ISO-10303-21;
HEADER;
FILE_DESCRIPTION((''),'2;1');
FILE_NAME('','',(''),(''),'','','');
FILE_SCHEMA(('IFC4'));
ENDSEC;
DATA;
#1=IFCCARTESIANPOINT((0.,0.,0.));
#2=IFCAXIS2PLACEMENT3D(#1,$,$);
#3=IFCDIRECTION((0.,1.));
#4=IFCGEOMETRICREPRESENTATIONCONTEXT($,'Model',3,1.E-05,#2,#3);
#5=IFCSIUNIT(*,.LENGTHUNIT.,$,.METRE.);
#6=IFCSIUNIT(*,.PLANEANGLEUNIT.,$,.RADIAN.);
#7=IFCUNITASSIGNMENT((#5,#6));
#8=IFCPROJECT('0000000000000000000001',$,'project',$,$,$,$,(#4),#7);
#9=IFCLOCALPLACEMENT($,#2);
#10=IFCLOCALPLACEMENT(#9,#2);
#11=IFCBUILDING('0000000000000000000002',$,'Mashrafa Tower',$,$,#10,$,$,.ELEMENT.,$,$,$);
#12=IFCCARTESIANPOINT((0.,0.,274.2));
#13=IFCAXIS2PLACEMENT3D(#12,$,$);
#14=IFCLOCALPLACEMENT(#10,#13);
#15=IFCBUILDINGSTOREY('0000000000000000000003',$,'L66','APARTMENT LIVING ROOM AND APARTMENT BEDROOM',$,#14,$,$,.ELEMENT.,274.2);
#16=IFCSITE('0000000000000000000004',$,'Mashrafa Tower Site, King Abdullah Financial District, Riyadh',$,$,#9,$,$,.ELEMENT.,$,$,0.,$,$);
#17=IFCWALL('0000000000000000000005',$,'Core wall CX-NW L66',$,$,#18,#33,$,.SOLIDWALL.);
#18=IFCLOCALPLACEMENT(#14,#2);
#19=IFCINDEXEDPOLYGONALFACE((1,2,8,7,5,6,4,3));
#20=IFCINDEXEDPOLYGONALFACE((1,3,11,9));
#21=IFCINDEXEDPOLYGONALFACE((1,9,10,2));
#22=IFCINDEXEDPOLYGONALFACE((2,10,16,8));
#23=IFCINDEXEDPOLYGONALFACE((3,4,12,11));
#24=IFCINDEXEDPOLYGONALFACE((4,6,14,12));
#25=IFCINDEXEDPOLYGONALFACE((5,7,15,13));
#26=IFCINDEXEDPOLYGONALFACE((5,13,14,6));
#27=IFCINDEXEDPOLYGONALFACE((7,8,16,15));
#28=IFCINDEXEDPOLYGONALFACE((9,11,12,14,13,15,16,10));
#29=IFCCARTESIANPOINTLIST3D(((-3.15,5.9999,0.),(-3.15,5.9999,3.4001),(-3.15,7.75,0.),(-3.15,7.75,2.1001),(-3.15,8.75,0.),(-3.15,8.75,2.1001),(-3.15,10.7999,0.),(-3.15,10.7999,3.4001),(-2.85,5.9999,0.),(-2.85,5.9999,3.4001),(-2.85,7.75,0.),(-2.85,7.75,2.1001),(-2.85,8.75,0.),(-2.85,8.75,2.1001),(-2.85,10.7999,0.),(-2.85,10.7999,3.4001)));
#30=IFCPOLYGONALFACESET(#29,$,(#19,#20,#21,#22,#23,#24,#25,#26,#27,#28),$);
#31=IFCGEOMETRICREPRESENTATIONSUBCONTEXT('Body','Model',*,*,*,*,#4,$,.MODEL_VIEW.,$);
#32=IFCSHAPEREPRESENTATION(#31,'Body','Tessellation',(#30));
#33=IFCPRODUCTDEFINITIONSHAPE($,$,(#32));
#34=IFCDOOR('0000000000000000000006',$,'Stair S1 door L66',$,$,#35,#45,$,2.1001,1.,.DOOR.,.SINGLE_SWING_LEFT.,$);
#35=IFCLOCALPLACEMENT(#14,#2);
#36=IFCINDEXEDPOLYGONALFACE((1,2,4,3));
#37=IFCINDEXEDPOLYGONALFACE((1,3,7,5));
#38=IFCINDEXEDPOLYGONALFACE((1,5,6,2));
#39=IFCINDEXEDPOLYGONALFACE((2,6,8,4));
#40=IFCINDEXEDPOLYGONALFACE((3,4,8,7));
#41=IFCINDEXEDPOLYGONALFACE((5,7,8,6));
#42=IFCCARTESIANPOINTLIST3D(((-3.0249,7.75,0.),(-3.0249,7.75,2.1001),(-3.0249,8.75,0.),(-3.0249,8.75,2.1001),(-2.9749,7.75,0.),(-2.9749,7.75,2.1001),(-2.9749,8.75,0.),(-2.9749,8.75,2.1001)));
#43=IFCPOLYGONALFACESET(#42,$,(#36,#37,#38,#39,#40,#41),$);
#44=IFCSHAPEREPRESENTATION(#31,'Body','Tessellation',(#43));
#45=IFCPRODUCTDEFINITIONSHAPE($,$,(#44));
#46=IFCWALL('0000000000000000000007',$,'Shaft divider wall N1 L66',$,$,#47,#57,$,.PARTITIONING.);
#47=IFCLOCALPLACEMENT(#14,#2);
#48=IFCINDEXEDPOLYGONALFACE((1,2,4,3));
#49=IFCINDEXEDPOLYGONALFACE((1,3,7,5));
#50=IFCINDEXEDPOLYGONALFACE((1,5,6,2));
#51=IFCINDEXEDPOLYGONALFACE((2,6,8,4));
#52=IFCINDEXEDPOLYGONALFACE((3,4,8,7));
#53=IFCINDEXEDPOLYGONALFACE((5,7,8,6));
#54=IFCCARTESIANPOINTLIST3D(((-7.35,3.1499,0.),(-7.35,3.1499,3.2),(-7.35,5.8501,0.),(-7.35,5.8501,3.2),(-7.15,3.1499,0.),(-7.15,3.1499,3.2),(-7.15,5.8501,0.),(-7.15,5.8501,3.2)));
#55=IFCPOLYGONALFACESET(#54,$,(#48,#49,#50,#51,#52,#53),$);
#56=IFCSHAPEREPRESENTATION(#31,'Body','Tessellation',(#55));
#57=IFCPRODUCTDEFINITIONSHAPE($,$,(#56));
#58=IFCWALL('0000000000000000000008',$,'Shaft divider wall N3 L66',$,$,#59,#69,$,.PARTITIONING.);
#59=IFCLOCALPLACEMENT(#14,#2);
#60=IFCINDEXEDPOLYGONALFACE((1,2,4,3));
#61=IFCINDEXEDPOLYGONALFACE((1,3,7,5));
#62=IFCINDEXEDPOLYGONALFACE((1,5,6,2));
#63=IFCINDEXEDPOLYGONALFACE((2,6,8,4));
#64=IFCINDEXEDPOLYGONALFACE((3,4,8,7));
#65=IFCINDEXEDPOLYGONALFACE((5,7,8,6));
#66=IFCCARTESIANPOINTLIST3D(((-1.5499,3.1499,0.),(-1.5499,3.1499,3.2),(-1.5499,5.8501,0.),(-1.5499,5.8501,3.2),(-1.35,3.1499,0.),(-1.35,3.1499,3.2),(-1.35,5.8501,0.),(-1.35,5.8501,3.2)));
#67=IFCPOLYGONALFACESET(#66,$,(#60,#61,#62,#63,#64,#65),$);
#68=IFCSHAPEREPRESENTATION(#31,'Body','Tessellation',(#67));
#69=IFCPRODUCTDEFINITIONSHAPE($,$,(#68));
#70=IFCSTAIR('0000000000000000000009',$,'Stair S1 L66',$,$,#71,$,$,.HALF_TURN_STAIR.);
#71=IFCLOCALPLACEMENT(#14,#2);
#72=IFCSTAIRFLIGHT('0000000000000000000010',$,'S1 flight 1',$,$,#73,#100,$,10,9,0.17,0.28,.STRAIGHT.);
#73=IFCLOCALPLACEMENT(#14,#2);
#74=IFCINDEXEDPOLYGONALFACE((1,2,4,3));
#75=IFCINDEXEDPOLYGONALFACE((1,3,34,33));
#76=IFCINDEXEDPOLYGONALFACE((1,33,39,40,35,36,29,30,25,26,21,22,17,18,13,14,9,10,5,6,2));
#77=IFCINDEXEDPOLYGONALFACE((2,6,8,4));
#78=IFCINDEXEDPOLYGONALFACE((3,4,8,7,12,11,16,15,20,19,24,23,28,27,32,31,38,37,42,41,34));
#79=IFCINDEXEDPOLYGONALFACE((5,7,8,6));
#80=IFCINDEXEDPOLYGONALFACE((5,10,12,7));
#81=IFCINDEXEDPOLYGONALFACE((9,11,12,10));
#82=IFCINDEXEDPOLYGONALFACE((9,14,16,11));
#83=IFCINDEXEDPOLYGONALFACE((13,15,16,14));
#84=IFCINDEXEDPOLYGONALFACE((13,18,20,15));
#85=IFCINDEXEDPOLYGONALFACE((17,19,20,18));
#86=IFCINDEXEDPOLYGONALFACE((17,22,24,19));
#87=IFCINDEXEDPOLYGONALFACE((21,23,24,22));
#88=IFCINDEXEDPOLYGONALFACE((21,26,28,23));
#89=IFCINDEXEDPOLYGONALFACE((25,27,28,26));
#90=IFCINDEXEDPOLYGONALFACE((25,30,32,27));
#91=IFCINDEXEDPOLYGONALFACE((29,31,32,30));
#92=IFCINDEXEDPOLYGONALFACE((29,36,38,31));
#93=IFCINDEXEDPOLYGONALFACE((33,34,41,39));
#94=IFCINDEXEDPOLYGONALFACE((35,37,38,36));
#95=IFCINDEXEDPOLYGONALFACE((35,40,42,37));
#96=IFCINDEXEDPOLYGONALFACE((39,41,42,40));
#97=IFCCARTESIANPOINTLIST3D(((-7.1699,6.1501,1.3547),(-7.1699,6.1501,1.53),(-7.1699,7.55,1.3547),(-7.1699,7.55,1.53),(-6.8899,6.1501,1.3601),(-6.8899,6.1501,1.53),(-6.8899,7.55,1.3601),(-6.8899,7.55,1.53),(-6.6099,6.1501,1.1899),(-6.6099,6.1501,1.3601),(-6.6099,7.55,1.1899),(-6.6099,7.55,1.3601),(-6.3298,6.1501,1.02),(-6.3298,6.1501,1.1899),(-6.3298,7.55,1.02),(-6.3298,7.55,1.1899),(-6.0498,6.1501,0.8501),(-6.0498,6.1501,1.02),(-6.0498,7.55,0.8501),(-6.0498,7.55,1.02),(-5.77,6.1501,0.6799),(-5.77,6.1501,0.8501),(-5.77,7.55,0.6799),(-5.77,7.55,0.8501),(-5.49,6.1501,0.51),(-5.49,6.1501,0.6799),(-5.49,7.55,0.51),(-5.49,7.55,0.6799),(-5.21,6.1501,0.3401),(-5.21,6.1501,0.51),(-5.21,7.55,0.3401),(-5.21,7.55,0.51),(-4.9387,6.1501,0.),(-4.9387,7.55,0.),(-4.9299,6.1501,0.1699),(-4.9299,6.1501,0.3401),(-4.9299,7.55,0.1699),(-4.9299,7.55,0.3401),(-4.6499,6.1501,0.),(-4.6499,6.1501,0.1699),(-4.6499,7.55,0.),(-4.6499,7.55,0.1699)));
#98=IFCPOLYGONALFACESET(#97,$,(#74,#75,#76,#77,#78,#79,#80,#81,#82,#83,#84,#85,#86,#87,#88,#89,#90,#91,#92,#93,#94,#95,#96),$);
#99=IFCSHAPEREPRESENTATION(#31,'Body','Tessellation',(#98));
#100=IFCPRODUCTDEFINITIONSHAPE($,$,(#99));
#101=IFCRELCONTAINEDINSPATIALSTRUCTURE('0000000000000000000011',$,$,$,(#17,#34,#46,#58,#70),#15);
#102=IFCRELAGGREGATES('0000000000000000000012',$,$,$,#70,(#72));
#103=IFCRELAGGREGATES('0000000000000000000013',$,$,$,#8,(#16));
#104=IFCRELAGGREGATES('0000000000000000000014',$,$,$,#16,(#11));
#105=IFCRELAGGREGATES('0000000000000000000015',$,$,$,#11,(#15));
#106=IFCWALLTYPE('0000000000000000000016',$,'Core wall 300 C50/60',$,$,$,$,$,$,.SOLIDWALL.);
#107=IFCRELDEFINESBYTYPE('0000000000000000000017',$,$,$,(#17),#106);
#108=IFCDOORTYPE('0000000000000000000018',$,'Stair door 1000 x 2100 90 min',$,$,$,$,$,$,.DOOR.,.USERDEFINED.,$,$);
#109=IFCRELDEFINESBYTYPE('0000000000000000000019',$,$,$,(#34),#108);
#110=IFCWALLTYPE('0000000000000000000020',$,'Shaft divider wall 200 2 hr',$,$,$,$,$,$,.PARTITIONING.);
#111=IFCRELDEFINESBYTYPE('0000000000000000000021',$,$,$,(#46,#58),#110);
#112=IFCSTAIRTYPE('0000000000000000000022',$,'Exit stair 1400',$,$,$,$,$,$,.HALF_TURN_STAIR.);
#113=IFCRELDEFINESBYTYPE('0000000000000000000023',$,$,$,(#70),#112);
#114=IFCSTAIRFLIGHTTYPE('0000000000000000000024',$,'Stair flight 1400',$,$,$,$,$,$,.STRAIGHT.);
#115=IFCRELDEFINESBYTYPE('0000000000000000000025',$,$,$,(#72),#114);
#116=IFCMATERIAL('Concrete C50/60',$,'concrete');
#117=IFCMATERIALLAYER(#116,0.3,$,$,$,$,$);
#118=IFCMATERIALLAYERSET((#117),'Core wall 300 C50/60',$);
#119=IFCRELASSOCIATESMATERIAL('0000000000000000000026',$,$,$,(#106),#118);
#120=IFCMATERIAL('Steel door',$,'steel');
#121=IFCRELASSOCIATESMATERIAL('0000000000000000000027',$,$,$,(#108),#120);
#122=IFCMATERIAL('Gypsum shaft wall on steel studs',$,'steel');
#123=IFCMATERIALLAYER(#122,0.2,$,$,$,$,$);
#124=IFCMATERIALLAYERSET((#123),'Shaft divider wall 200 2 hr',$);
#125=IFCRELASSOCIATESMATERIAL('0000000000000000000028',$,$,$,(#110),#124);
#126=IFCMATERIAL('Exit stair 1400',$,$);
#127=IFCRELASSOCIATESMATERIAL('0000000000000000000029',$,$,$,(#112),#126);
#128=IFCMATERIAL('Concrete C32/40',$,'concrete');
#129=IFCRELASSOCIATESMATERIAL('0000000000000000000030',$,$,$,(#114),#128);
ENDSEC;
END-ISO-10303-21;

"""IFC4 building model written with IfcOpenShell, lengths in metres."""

from ifc_helpers import new_model, si_unit, direction, frame, frame_2d, origin, place, context, subcontext, project, spatial, polyline, rectangle, outline, extrude, material, layer, layer_set, type_object, element, fill, aggregate, save


model = new_model("IFC4")

# Units and contexts
model_context = context("Model", 3, precision=1e-05, world=origin(), true_north=direction((0.0, 1.0)))
body_context = subcontext(model_context, "Body", "Model", "MODEL_VIEW")
ifc_project = project(units=[si_unit("LENGTHUNIT", "METRE"), si_unit("PLANEANGLEUNIT", "RADIAN")], contexts=[model_context])

# Site, building, storey
site_placement = place(None, origin())
site = spatial("IfcSite", under=ifc_project, at=site_placement, Name="Mashrafa Tower Site, King Abdullah Financial District, Riyadh", CompositionType="ELEMENT", RefElevation=0.0)
building_placement = place(site_placement, origin())
building = spatial("IfcBuilding", under=site, at=building_placement, Name="Mashrafa Tower", CompositionType="ELEMENT")
storey_placement = place(building_placement, frame((0.0, 0.0, 274.2)))
storey = spatial("IfcBuildingStorey", under=building, at=storey_placement, Name="L66", Description="APARTMENT LIVING ROOM AND APARTMENT BEDROOM", CompositionType="ELEMENT", Elevation=274.2)

# Shared definitions
ifc_material_1 = material(Name="Concrete C50/60", Category="concrete")
ifc_layer_1 = layer(ifc_material_1, 0.3)
ifc_layer_set_1 = layer_set([ifc_layer_1], Name="Core wall 300 C50/60")
wall_type_1 = type_object("IfcWallType", Name="Core wall 300 C50/60", PredefinedType="SOLIDWALL", material=ifc_layer_set_1)

# Wall, opening, door
wall_1_placement = place(storey_placement, frame((-3.0, 6.0, 0.0), z_axis=(0.0, 0.0, 1.0), x_axis=(0.0, 1.0, 0.0)))
wall_1 = element("IfcWall", 1, at=wall_1_placement, inside=storey, type_object=wall_type_1, Name="Core wall CX-NW L66", PredefinedType="SOLIDWALL", context=body_context, shape_type="SweptSolid", body=[
    extrude(rectangle(XDim=4.8, YDim=0.3, at=frame_2d((2.3999, 0.0))), origin(), (0.0, 0.0, 1.0), 3.4001),
])
opening_1_placement = place(wall_1_placement, frame((1.75, 0.0, 0.0)))
opening_1 = element("IfcOpeningElement", 2, at=opening_1_placement, cuts=wall_1, PredefinedType="OPENING", context=body_context, shape_type="SweptSolid", body=[
    extrude(rectangle(XDim=1.0, YDim=2.1001, at=frame_2d((0.5, 1.05))), frame((0.0, 0.1599, 0.0), z_axis=(0.0, -1.0, 0.0), x_axis=(1.0, 0.0, 0.0)), (0.0, 0.0, 1.0), 0.3201),
])
ifc_material_2 = material(Name="Steel door", Category="steel")
door_type_1 = type_object("IfcDoorType", Name="Stair door 1000 x 2100 90 min", OperationType="USERDEFINED", PredefinedType="DOOR", material=ifc_material_2)
door_1_placement = place(opening_1_placement, origin())
door_1 = element("IfcDoor", 3, at=door_1_placement, inside=storey, type_object=door_type_1, Name="Stair S1 door L66", OperationType="SINGLE_SWING_LEFT", OverallHeight=2.1001, OverallWidth=1.0, PredefinedType="DOOR", context=body_context, shape_type="SweptSolid", body=[
    extrude(rectangle(XDim=1.0, YDim=2.1001, at=frame_2d((0.5, 1.05))), frame((0.0, 0.0249, 0.0), z_axis=(0.0, -1.0, 0.0), x_axis=(1.0, 0.0, 0.0)), (0.0, 0.0, 1.0), 0.05),
])
fill(opening_1, door_1)

# Walls
ifc_material_3 = material(Name="Gypsum shaft wall on steel studs", Category="steel")
ifc_layer_2 = layer(ifc_material_3, 0.2)
ifc_layer_set_2 = layer_set([ifc_layer_2], Name="Shaft divider wall 200 2 hr")
wall_type_2 = type_object("IfcWallType", Name="Shaft divider wall 200 2 hr", PredefinedType="PARTITIONING", material=ifc_layer_set_2)
for number, where, z_axis, x_axis, name in (
    (4, (-7.25, 3.1499, 0.0), (0.0, 0.0, 1.0), (0.0, 1.0, 0.0), "Shaft divider wall N1 L66"),
    (5, (-1.45, 3.1499, 0.0), (0.0, 0.0, 1.0), (0.0, 1.0, 0.0), "Shaft divider wall N3 L66"),
):
    element("IfcWall", number, at=place(storey_placement, frame(where, z_axis=z_axis, x_axis=x_axis)), inside=storey, type_object=wall_type_2, Name=name, PredefinedType="PARTITIONING", context=body_context, shape_type="SweptSolid", body=[
        extrude(rectangle(XDim=2.7002, YDim=0.2, at=frame_2d((1.3501, 0.0))), origin(), (0.0, 0.0, 1.0), 3.2),
    ])

# Stair, stair flight
ifc_material_4 = material(Name="Exit stair 1400")
stair_type = type_object("IfcStairType", Name="Exit stair 1400", PredefinedType="HALF_TURN_STAIR", material=ifc_material_4)
stair_placement = place(storey_placement, origin())
stair = element("IfcStair", 6, at=stair_placement, inside=storey, type_object=stair_type, Name="Stair S1 L66", PredefinedType="HALF_TURN_STAIR")
ifc_material_5 = material(Name="Concrete C32/40", Category="concrete")
stair_flight_type = type_object("IfcStairFlightType", Name="Stair flight 1400", PredefinedType="STRAIGHT", material=ifc_material_5)
stair_flight_placement = place(storey_placement, frame((-4.6499, 6.8501, 0.0), z_axis=(0.0, 0.0, 1.0), x_axis=(-1.0, 0.0, 0.0)))
stair_flight = element("IfcStairFlight", 7, at=stair_flight_placement, type_object=stair_flight_type, Name="S1 flight 1", NumberOfRisers=10, NumberOfTreads=9, PredefinedType="STRAIGHT", RiserHeight=0.17, TreadLength=0.28, context=body_context, shape_type="SweptSolid", body=[
    extrude(outline(polyline([(0.0, 0.0), (0.0, 0.1699), (0.28, 0.1699), (0.28, 0.3401), (0.5601, 0.3401), (0.5601, 0.51), (0.8401, 0.51), (0.8401, 0.6799), (1.1201, 0.6799), (1.1201, 0.8501), (1.3999, 0.8501), (1.3999, 1.02), (1.6799, 1.02), (1.6799, 1.1899), (1.96, 1.1899), (1.96, 1.3601), (2.24, 1.3601), (2.24, 1.53), (2.52, 1.53), (2.52, 1.7), (2.52, 1.3547), (0.2888, 0.0), (0.0, 0.0)])), frame((0.0, 0.7, 0.0), z_axis=(0.0, -1.0, 0.0), x_axis=(1.0, 0.0, 0.0)), (0.0, 0.0, 1.0), 1.3999),
])
aggregate(stair, [stair_flight])

save(model, "model.ifc")
